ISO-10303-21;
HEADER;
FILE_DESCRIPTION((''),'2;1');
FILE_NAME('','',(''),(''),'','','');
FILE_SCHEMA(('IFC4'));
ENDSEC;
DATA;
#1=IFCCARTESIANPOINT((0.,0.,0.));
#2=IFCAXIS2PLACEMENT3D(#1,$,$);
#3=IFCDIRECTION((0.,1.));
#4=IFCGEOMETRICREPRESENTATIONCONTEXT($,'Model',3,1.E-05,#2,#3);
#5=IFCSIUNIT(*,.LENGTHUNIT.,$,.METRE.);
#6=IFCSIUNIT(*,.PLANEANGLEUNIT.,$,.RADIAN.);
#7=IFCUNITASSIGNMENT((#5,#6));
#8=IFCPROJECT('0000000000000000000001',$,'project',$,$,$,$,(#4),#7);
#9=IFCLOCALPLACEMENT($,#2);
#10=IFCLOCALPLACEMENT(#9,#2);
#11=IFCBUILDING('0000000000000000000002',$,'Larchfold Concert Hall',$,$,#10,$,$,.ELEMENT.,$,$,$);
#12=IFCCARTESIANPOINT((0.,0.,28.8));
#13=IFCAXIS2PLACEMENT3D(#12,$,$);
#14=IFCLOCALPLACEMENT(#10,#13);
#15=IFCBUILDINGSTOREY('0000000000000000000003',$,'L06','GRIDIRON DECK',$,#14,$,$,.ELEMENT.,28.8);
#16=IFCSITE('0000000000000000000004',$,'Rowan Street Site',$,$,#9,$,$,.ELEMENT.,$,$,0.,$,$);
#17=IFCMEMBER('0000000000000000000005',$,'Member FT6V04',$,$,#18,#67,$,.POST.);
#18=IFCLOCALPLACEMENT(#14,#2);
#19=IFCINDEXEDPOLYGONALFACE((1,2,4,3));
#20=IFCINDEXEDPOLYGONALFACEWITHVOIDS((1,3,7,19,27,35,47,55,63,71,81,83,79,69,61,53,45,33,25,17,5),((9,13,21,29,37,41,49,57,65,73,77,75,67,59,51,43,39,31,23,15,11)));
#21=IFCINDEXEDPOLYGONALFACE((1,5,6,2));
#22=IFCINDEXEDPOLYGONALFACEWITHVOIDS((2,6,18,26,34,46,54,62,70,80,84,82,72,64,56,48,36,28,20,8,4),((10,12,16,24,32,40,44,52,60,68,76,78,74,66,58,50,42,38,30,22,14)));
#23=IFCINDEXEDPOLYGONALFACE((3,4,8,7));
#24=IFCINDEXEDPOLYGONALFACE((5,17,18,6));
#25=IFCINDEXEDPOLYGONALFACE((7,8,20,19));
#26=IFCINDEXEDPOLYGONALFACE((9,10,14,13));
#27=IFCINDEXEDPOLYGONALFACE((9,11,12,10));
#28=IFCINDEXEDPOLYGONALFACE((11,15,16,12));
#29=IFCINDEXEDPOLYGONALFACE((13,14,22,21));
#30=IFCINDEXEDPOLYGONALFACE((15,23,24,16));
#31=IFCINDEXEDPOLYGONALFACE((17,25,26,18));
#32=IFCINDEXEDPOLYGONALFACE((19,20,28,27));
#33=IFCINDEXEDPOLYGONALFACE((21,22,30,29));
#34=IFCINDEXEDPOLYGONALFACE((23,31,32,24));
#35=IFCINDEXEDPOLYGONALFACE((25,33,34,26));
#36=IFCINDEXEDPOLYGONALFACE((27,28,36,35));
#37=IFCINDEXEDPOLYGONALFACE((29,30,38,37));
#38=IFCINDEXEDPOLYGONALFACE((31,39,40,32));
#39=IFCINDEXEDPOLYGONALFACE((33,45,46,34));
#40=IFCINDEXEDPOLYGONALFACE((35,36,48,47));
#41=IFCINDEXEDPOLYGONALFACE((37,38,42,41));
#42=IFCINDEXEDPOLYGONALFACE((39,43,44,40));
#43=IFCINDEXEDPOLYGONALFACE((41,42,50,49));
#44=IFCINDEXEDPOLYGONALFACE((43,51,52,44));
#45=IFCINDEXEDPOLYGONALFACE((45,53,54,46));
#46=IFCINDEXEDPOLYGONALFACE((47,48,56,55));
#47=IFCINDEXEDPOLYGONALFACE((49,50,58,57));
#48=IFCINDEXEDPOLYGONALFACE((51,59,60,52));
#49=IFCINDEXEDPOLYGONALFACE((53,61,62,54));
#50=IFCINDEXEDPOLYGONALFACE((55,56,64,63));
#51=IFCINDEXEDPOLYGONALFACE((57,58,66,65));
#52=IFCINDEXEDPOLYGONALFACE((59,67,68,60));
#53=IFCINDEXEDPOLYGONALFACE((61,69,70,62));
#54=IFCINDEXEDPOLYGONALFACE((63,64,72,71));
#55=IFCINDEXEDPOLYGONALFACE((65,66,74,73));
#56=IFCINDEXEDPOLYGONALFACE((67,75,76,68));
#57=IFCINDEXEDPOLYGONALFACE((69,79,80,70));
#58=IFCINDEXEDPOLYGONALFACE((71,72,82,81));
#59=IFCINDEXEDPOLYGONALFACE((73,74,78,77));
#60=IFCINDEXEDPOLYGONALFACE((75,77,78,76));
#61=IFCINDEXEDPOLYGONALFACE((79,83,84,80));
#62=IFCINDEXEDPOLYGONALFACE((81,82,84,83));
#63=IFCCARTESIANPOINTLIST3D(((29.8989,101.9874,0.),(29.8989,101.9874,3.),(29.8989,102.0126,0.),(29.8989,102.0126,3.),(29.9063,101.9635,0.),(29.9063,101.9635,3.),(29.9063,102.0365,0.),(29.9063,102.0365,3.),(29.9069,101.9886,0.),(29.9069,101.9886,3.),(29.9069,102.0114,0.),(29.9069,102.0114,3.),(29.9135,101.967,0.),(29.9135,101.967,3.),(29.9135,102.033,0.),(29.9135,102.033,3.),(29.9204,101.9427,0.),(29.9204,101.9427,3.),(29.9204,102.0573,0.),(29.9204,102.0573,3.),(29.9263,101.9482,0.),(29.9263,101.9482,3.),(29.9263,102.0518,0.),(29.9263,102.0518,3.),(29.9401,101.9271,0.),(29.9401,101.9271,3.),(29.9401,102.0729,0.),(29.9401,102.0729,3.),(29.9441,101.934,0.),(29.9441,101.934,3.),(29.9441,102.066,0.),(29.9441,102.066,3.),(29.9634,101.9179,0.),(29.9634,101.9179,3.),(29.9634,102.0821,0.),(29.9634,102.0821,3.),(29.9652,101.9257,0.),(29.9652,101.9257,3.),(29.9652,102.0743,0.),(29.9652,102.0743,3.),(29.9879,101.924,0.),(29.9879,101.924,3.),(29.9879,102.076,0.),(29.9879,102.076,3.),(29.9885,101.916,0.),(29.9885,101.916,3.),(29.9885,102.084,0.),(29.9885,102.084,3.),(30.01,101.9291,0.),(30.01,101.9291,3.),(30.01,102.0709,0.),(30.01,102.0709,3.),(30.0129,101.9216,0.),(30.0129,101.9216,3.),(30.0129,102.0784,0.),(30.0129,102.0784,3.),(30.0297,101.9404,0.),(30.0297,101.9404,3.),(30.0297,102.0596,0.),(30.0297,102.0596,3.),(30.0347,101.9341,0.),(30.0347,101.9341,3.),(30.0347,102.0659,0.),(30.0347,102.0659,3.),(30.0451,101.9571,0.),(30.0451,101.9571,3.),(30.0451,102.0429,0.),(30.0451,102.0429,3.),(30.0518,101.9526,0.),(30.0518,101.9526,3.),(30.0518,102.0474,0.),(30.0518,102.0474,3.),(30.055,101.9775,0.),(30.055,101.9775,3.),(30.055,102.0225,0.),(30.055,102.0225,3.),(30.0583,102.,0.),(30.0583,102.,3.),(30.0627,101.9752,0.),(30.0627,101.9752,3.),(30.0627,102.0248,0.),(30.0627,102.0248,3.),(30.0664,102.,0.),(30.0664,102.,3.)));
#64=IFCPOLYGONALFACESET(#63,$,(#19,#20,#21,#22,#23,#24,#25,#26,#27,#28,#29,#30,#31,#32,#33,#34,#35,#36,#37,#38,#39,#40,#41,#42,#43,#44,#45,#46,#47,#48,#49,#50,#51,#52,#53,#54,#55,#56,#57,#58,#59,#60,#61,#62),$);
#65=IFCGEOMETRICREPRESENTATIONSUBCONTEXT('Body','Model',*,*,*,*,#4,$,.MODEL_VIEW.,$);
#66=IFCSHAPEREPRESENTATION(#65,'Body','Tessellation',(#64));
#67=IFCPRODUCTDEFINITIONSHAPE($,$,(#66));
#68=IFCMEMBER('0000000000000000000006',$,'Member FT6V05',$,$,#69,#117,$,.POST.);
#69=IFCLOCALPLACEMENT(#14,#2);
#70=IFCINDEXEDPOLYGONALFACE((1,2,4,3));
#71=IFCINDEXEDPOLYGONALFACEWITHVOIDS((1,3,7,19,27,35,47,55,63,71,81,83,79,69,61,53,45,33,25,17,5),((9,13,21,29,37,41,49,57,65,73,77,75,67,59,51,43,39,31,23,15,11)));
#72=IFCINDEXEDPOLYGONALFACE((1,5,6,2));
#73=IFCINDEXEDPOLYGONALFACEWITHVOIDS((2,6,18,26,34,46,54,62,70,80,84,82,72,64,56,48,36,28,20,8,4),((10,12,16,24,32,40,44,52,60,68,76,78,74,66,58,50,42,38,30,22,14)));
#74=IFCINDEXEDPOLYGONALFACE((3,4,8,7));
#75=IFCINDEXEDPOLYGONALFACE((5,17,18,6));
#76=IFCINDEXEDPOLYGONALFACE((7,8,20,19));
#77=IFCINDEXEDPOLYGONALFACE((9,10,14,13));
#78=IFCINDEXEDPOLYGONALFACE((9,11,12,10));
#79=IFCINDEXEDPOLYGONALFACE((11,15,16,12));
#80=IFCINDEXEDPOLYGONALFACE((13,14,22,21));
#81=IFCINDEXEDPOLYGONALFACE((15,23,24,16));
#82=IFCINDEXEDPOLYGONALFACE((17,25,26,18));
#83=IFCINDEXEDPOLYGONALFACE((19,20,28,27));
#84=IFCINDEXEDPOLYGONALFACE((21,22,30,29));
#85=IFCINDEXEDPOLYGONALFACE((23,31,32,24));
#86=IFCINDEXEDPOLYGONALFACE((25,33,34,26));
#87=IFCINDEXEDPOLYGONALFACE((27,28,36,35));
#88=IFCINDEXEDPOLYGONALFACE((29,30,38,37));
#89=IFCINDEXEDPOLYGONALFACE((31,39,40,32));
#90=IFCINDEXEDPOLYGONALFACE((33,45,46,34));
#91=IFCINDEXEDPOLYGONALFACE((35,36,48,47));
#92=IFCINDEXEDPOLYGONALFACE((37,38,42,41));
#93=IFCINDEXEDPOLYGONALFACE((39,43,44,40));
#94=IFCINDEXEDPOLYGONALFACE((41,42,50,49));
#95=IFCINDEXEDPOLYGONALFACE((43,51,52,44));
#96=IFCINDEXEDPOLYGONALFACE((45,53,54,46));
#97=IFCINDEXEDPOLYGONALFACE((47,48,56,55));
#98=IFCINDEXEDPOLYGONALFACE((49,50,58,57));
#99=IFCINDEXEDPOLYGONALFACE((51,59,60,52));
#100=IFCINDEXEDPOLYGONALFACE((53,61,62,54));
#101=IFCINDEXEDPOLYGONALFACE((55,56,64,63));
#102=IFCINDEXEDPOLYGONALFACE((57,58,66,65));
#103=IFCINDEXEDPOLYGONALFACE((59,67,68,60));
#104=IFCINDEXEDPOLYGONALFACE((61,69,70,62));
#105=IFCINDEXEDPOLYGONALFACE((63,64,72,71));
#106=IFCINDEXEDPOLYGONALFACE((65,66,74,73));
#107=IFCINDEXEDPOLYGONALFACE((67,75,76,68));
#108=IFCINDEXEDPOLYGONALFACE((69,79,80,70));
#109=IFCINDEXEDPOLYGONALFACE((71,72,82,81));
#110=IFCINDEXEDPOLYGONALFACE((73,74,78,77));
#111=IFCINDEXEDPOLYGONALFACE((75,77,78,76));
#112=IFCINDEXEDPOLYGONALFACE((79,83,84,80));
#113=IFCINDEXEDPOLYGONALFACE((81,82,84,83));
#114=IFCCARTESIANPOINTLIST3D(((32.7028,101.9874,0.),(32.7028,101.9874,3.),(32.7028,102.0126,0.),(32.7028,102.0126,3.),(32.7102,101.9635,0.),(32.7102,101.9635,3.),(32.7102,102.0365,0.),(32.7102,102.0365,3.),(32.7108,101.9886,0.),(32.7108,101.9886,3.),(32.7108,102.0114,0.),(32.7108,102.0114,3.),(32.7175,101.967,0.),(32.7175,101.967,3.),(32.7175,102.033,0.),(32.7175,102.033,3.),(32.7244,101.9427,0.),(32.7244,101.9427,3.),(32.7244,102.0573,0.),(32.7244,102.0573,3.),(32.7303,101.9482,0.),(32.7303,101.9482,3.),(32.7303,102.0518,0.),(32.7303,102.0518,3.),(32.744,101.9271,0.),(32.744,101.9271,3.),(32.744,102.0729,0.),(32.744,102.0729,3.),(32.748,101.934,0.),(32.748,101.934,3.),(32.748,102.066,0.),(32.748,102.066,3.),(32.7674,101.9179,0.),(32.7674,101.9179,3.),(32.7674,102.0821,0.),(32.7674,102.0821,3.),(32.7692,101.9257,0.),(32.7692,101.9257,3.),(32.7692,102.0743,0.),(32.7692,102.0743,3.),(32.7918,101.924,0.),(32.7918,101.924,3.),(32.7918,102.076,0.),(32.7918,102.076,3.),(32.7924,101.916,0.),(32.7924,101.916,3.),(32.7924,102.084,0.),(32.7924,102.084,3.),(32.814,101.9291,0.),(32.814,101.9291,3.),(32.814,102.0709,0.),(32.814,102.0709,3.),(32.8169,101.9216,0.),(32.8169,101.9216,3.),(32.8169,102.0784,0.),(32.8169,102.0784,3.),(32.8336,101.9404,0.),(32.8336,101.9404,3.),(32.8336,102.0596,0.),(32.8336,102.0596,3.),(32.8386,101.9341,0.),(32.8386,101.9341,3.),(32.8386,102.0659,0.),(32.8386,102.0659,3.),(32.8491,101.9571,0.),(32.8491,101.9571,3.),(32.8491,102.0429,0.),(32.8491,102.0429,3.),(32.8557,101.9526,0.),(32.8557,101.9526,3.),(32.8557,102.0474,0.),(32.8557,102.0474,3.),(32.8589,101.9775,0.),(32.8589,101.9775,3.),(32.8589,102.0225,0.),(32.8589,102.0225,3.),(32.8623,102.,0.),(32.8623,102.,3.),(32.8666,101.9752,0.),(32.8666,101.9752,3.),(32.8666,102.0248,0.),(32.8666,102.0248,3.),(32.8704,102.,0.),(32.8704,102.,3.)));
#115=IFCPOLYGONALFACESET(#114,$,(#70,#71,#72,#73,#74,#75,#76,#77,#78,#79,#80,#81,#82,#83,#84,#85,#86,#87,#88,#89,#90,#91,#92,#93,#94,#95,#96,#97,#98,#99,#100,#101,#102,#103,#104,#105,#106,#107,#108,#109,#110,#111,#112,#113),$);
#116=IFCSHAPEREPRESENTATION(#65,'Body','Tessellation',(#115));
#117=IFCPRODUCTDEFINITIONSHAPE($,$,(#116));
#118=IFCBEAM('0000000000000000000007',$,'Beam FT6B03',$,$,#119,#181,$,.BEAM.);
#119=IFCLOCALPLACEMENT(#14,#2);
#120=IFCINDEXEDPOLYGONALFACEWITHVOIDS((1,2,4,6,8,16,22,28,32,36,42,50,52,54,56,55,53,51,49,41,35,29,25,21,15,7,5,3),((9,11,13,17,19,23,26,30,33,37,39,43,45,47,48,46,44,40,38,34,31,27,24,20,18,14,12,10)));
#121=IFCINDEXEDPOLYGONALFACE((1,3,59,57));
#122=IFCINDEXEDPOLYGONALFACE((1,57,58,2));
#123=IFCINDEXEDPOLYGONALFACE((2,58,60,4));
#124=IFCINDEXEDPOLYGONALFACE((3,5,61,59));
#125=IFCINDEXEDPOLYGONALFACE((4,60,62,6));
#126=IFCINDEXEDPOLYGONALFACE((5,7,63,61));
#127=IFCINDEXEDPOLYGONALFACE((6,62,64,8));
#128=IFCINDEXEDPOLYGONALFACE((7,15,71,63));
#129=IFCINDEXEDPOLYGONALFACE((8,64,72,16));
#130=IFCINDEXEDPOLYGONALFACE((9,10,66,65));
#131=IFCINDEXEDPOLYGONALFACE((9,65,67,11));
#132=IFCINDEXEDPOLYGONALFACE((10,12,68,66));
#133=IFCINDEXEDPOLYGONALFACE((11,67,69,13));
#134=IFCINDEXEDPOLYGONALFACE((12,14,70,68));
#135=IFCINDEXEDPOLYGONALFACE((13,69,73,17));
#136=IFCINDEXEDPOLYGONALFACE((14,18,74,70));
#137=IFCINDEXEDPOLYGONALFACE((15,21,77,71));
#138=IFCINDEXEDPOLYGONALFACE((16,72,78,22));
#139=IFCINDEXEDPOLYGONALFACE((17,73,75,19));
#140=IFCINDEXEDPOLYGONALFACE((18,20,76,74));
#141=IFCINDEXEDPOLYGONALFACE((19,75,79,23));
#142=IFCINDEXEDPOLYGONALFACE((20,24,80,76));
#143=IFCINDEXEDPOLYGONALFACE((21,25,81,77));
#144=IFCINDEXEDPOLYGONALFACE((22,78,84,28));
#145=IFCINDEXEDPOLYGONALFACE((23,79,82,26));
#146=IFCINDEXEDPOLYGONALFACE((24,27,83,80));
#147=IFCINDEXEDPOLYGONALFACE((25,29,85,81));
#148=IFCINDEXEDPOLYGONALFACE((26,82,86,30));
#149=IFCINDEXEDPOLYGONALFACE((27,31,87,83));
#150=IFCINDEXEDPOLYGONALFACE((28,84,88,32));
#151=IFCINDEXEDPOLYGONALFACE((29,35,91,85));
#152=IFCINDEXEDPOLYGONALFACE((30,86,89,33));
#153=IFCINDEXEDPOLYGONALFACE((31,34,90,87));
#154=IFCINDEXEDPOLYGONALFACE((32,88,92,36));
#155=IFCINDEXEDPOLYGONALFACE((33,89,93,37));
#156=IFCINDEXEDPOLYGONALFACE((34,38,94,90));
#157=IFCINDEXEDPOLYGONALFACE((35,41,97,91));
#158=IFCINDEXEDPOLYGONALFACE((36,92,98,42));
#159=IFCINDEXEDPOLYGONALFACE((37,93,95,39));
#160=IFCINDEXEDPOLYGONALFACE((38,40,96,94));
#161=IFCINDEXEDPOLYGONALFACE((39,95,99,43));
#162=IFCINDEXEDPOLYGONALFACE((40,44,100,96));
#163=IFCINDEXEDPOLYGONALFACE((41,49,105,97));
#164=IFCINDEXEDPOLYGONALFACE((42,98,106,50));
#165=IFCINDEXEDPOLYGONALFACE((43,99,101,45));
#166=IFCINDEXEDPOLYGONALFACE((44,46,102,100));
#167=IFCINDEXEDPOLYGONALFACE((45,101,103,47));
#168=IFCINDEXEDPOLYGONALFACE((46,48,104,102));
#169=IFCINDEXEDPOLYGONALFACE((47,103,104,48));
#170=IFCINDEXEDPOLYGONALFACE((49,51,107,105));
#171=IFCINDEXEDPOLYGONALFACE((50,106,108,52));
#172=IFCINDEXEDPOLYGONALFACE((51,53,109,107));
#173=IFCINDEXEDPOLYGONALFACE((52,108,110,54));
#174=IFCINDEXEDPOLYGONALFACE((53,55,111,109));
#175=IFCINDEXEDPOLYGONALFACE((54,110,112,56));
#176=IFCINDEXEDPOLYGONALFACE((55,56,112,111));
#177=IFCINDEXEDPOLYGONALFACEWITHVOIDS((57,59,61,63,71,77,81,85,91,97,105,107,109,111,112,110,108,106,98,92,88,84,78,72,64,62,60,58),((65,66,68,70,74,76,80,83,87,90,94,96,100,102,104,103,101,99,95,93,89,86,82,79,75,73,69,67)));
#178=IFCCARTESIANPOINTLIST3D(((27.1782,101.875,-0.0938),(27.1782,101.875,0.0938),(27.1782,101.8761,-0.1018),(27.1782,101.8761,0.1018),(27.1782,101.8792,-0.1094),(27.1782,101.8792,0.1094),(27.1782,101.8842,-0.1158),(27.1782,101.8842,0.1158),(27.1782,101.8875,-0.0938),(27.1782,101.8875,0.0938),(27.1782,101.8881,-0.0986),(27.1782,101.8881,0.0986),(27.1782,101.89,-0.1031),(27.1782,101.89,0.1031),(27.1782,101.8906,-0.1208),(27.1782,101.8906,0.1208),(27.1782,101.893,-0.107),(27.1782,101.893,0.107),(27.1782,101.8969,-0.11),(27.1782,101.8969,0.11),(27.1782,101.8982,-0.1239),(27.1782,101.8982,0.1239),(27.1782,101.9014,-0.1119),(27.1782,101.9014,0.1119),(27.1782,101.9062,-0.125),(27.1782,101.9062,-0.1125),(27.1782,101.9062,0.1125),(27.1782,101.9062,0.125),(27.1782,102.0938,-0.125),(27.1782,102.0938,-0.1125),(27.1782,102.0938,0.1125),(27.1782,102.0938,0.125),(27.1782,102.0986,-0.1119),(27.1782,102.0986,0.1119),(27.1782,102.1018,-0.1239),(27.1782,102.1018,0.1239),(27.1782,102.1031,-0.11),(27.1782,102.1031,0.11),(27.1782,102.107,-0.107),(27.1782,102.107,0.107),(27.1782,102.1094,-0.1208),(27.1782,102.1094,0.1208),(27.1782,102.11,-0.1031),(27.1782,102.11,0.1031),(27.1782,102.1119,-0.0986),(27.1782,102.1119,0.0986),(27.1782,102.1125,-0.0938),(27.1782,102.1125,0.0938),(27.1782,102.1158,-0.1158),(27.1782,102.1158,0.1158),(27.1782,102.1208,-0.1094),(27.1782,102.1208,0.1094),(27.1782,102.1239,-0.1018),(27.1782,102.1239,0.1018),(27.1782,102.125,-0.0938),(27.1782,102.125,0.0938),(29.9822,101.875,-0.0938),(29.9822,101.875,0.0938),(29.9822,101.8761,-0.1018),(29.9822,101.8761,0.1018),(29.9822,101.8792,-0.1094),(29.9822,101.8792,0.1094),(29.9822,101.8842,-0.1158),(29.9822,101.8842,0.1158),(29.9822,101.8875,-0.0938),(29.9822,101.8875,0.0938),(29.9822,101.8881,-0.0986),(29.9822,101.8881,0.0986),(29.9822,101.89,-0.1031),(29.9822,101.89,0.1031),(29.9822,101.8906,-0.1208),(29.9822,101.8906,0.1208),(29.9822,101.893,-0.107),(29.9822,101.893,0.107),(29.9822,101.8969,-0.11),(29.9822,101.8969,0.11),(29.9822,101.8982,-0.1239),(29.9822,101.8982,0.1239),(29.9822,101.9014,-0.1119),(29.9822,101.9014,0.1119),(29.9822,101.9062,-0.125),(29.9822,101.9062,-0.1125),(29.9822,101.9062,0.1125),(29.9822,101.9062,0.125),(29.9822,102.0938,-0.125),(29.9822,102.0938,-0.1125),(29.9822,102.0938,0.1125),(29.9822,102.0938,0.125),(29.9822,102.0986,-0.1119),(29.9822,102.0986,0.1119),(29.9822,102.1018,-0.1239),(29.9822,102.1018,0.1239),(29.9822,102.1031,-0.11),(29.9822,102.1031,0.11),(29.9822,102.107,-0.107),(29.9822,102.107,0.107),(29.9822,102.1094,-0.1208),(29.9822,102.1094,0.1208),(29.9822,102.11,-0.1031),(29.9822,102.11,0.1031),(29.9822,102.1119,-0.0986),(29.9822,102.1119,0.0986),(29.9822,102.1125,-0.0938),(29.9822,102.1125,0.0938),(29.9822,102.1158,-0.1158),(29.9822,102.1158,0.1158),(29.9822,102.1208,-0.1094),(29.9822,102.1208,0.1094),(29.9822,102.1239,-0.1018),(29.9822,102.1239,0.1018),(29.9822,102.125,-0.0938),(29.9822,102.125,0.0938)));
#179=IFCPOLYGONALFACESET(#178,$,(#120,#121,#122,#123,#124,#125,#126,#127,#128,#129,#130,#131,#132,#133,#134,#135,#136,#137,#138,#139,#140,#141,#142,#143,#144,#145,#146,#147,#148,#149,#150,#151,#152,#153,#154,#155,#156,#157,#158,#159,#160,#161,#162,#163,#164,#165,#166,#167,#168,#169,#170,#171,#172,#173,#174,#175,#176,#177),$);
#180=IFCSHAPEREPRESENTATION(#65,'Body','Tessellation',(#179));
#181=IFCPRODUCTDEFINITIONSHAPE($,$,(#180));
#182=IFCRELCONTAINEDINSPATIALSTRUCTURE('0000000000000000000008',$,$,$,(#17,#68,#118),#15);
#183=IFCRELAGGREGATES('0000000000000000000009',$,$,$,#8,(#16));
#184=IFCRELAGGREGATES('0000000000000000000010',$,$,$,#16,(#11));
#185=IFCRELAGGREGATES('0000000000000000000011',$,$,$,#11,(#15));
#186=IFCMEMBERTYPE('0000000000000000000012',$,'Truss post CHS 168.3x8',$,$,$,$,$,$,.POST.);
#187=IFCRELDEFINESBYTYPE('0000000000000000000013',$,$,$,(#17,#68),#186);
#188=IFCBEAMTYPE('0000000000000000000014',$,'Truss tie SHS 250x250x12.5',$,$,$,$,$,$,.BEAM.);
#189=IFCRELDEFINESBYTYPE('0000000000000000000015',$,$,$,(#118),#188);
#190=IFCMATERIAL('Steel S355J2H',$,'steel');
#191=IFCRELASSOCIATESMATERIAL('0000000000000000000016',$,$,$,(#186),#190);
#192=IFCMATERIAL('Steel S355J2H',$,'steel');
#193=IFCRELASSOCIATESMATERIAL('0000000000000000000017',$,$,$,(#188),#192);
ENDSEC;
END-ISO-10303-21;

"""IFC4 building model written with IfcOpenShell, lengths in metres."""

from ifc_helpers import new_model, si_unit, direction, frame, origin, origin_2d, place, context, subcontext, project, spatial, hollow_rectangle, hollow_circle, extrude, material, material_profile, profile_set, type_object, element, save


model = new_model("IFC4")

# Units and contexts
model_context = context("Model", 3, precision=1e-05, world=origin(), true_north=direction((0.0, 1.0)))
body_context = subcontext(model_context, "Body", "Model", "MODEL_VIEW")
ifc_project = project(units=[si_unit("LENGTHUNIT", "METRE"), si_unit("PLANEANGLEUNIT", "RADIAN")], contexts=[model_context])

# Site, building, storey
site_placement = place(None, origin())
site = spatial("IfcSite", under=ifc_project, at=site_placement, Name="Rowan Street Site", CompositionType="ELEMENT", RefElevation=0.0)
building_placement = place(site_placement, origin())
building = spatial("IfcBuilding", under=site, at=building_placement, Name="Larchfold Concert Hall", CompositionType="ELEMENT")
storey_placement = place(building_placement, frame((0.0, 0.0, 28.8)))
storey = spatial("IfcBuildingStorey", under=building, at=storey_placement, Name="L06", Description="GRIDIRON DECK", CompositionType="ELEMENT", Elevation=28.8)

# Members
ifc_material_1 = material(Name="Steel S355J2H", Category="steel")
ifc_material_profile_1 = material_profile(ifc_material_1, hollow_circle(Radius=0.0842, WallThickness=0.0081, at=origin_2d()))
ifc_profile_set_1 = profile_set([ifc_material_profile_1], Name="Steel S355J2H")
member_type_1 = type_object("IfcMemberType", Name="Truss post CHS 168.3x8", PredefinedType="POST", material=ifc_profile_set_1)
for number, where, z_axis, x_axis, name in (
    (1, (29.9822, 102.0, 3.0), (0.0, 0.0, -1.0), (1.0, 0.0, 0.0), "Member FT6V04"),
    (2, (32.7861, 102.0, 3.0), (0.0, 0.0, -1.0), (1.0, 0.0, 0.0), "Member FT6V05"),
):
    element("IfcMember", number, at=place(storey_placement, frame(where, z_axis=z_axis, x_axis=x_axis)), inside=storey, type_object=member_type_1, Name=name, PredefinedType="POST", context=body_context, shape_type="SweptSolid", body=[
        extrude(hollow_circle(Radius=0.0842, WallThickness=0.0081, at=origin_2d()), origin(), (0.0, 0.0, 1.0), 3.0),
    ])

# Beam
ifc_material_2 = material(Name="Steel S355J2H", Category="steel")
ifc_material_profile_2 = material_profile(ifc_material_2, hollow_rectangle(XDim=0.25, YDim=0.25, WallThickness=0.0125, InnerFilletRadius=0.0188, OuterFilletRadius=0.0312, at=origin_2d()))
ifc_profile_set_2 = profile_set([ifc_material_profile_2], Name="Steel S355J2H")
beam_type_1 = type_object("IfcBeamType", Name="Truss tie SHS 250x250x12.5", PredefinedType="BEAM", material=ifc_profile_set_2)
for number, where, z_axis, x_axis, name in (
    (3, (27.1782, 102.0, 0.0), (1.0, 0.0, 0.0), (0.0, 1.0, 0.0), "Beam FT6B03"),
):
    element("IfcBeam", number, at=place(storey_placement, frame(where, z_axis=z_axis, x_axis=x_axis)), inside=storey, type_object=beam_type_1, Name=name, PredefinedType="BEAM", context=body_context, shape_type="SweptSolid", body=[
        extrude(hollow_rectangle(XDim=0.25, YDim=0.25, WallThickness=0.0125, InnerFilletRadius=0.0188, OuterFilletRadius=0.0312, at=origin_2d()), origin(), (0.0, 0.0, 1.0), 2.804),
    ])

save(model, "model.ifc")
